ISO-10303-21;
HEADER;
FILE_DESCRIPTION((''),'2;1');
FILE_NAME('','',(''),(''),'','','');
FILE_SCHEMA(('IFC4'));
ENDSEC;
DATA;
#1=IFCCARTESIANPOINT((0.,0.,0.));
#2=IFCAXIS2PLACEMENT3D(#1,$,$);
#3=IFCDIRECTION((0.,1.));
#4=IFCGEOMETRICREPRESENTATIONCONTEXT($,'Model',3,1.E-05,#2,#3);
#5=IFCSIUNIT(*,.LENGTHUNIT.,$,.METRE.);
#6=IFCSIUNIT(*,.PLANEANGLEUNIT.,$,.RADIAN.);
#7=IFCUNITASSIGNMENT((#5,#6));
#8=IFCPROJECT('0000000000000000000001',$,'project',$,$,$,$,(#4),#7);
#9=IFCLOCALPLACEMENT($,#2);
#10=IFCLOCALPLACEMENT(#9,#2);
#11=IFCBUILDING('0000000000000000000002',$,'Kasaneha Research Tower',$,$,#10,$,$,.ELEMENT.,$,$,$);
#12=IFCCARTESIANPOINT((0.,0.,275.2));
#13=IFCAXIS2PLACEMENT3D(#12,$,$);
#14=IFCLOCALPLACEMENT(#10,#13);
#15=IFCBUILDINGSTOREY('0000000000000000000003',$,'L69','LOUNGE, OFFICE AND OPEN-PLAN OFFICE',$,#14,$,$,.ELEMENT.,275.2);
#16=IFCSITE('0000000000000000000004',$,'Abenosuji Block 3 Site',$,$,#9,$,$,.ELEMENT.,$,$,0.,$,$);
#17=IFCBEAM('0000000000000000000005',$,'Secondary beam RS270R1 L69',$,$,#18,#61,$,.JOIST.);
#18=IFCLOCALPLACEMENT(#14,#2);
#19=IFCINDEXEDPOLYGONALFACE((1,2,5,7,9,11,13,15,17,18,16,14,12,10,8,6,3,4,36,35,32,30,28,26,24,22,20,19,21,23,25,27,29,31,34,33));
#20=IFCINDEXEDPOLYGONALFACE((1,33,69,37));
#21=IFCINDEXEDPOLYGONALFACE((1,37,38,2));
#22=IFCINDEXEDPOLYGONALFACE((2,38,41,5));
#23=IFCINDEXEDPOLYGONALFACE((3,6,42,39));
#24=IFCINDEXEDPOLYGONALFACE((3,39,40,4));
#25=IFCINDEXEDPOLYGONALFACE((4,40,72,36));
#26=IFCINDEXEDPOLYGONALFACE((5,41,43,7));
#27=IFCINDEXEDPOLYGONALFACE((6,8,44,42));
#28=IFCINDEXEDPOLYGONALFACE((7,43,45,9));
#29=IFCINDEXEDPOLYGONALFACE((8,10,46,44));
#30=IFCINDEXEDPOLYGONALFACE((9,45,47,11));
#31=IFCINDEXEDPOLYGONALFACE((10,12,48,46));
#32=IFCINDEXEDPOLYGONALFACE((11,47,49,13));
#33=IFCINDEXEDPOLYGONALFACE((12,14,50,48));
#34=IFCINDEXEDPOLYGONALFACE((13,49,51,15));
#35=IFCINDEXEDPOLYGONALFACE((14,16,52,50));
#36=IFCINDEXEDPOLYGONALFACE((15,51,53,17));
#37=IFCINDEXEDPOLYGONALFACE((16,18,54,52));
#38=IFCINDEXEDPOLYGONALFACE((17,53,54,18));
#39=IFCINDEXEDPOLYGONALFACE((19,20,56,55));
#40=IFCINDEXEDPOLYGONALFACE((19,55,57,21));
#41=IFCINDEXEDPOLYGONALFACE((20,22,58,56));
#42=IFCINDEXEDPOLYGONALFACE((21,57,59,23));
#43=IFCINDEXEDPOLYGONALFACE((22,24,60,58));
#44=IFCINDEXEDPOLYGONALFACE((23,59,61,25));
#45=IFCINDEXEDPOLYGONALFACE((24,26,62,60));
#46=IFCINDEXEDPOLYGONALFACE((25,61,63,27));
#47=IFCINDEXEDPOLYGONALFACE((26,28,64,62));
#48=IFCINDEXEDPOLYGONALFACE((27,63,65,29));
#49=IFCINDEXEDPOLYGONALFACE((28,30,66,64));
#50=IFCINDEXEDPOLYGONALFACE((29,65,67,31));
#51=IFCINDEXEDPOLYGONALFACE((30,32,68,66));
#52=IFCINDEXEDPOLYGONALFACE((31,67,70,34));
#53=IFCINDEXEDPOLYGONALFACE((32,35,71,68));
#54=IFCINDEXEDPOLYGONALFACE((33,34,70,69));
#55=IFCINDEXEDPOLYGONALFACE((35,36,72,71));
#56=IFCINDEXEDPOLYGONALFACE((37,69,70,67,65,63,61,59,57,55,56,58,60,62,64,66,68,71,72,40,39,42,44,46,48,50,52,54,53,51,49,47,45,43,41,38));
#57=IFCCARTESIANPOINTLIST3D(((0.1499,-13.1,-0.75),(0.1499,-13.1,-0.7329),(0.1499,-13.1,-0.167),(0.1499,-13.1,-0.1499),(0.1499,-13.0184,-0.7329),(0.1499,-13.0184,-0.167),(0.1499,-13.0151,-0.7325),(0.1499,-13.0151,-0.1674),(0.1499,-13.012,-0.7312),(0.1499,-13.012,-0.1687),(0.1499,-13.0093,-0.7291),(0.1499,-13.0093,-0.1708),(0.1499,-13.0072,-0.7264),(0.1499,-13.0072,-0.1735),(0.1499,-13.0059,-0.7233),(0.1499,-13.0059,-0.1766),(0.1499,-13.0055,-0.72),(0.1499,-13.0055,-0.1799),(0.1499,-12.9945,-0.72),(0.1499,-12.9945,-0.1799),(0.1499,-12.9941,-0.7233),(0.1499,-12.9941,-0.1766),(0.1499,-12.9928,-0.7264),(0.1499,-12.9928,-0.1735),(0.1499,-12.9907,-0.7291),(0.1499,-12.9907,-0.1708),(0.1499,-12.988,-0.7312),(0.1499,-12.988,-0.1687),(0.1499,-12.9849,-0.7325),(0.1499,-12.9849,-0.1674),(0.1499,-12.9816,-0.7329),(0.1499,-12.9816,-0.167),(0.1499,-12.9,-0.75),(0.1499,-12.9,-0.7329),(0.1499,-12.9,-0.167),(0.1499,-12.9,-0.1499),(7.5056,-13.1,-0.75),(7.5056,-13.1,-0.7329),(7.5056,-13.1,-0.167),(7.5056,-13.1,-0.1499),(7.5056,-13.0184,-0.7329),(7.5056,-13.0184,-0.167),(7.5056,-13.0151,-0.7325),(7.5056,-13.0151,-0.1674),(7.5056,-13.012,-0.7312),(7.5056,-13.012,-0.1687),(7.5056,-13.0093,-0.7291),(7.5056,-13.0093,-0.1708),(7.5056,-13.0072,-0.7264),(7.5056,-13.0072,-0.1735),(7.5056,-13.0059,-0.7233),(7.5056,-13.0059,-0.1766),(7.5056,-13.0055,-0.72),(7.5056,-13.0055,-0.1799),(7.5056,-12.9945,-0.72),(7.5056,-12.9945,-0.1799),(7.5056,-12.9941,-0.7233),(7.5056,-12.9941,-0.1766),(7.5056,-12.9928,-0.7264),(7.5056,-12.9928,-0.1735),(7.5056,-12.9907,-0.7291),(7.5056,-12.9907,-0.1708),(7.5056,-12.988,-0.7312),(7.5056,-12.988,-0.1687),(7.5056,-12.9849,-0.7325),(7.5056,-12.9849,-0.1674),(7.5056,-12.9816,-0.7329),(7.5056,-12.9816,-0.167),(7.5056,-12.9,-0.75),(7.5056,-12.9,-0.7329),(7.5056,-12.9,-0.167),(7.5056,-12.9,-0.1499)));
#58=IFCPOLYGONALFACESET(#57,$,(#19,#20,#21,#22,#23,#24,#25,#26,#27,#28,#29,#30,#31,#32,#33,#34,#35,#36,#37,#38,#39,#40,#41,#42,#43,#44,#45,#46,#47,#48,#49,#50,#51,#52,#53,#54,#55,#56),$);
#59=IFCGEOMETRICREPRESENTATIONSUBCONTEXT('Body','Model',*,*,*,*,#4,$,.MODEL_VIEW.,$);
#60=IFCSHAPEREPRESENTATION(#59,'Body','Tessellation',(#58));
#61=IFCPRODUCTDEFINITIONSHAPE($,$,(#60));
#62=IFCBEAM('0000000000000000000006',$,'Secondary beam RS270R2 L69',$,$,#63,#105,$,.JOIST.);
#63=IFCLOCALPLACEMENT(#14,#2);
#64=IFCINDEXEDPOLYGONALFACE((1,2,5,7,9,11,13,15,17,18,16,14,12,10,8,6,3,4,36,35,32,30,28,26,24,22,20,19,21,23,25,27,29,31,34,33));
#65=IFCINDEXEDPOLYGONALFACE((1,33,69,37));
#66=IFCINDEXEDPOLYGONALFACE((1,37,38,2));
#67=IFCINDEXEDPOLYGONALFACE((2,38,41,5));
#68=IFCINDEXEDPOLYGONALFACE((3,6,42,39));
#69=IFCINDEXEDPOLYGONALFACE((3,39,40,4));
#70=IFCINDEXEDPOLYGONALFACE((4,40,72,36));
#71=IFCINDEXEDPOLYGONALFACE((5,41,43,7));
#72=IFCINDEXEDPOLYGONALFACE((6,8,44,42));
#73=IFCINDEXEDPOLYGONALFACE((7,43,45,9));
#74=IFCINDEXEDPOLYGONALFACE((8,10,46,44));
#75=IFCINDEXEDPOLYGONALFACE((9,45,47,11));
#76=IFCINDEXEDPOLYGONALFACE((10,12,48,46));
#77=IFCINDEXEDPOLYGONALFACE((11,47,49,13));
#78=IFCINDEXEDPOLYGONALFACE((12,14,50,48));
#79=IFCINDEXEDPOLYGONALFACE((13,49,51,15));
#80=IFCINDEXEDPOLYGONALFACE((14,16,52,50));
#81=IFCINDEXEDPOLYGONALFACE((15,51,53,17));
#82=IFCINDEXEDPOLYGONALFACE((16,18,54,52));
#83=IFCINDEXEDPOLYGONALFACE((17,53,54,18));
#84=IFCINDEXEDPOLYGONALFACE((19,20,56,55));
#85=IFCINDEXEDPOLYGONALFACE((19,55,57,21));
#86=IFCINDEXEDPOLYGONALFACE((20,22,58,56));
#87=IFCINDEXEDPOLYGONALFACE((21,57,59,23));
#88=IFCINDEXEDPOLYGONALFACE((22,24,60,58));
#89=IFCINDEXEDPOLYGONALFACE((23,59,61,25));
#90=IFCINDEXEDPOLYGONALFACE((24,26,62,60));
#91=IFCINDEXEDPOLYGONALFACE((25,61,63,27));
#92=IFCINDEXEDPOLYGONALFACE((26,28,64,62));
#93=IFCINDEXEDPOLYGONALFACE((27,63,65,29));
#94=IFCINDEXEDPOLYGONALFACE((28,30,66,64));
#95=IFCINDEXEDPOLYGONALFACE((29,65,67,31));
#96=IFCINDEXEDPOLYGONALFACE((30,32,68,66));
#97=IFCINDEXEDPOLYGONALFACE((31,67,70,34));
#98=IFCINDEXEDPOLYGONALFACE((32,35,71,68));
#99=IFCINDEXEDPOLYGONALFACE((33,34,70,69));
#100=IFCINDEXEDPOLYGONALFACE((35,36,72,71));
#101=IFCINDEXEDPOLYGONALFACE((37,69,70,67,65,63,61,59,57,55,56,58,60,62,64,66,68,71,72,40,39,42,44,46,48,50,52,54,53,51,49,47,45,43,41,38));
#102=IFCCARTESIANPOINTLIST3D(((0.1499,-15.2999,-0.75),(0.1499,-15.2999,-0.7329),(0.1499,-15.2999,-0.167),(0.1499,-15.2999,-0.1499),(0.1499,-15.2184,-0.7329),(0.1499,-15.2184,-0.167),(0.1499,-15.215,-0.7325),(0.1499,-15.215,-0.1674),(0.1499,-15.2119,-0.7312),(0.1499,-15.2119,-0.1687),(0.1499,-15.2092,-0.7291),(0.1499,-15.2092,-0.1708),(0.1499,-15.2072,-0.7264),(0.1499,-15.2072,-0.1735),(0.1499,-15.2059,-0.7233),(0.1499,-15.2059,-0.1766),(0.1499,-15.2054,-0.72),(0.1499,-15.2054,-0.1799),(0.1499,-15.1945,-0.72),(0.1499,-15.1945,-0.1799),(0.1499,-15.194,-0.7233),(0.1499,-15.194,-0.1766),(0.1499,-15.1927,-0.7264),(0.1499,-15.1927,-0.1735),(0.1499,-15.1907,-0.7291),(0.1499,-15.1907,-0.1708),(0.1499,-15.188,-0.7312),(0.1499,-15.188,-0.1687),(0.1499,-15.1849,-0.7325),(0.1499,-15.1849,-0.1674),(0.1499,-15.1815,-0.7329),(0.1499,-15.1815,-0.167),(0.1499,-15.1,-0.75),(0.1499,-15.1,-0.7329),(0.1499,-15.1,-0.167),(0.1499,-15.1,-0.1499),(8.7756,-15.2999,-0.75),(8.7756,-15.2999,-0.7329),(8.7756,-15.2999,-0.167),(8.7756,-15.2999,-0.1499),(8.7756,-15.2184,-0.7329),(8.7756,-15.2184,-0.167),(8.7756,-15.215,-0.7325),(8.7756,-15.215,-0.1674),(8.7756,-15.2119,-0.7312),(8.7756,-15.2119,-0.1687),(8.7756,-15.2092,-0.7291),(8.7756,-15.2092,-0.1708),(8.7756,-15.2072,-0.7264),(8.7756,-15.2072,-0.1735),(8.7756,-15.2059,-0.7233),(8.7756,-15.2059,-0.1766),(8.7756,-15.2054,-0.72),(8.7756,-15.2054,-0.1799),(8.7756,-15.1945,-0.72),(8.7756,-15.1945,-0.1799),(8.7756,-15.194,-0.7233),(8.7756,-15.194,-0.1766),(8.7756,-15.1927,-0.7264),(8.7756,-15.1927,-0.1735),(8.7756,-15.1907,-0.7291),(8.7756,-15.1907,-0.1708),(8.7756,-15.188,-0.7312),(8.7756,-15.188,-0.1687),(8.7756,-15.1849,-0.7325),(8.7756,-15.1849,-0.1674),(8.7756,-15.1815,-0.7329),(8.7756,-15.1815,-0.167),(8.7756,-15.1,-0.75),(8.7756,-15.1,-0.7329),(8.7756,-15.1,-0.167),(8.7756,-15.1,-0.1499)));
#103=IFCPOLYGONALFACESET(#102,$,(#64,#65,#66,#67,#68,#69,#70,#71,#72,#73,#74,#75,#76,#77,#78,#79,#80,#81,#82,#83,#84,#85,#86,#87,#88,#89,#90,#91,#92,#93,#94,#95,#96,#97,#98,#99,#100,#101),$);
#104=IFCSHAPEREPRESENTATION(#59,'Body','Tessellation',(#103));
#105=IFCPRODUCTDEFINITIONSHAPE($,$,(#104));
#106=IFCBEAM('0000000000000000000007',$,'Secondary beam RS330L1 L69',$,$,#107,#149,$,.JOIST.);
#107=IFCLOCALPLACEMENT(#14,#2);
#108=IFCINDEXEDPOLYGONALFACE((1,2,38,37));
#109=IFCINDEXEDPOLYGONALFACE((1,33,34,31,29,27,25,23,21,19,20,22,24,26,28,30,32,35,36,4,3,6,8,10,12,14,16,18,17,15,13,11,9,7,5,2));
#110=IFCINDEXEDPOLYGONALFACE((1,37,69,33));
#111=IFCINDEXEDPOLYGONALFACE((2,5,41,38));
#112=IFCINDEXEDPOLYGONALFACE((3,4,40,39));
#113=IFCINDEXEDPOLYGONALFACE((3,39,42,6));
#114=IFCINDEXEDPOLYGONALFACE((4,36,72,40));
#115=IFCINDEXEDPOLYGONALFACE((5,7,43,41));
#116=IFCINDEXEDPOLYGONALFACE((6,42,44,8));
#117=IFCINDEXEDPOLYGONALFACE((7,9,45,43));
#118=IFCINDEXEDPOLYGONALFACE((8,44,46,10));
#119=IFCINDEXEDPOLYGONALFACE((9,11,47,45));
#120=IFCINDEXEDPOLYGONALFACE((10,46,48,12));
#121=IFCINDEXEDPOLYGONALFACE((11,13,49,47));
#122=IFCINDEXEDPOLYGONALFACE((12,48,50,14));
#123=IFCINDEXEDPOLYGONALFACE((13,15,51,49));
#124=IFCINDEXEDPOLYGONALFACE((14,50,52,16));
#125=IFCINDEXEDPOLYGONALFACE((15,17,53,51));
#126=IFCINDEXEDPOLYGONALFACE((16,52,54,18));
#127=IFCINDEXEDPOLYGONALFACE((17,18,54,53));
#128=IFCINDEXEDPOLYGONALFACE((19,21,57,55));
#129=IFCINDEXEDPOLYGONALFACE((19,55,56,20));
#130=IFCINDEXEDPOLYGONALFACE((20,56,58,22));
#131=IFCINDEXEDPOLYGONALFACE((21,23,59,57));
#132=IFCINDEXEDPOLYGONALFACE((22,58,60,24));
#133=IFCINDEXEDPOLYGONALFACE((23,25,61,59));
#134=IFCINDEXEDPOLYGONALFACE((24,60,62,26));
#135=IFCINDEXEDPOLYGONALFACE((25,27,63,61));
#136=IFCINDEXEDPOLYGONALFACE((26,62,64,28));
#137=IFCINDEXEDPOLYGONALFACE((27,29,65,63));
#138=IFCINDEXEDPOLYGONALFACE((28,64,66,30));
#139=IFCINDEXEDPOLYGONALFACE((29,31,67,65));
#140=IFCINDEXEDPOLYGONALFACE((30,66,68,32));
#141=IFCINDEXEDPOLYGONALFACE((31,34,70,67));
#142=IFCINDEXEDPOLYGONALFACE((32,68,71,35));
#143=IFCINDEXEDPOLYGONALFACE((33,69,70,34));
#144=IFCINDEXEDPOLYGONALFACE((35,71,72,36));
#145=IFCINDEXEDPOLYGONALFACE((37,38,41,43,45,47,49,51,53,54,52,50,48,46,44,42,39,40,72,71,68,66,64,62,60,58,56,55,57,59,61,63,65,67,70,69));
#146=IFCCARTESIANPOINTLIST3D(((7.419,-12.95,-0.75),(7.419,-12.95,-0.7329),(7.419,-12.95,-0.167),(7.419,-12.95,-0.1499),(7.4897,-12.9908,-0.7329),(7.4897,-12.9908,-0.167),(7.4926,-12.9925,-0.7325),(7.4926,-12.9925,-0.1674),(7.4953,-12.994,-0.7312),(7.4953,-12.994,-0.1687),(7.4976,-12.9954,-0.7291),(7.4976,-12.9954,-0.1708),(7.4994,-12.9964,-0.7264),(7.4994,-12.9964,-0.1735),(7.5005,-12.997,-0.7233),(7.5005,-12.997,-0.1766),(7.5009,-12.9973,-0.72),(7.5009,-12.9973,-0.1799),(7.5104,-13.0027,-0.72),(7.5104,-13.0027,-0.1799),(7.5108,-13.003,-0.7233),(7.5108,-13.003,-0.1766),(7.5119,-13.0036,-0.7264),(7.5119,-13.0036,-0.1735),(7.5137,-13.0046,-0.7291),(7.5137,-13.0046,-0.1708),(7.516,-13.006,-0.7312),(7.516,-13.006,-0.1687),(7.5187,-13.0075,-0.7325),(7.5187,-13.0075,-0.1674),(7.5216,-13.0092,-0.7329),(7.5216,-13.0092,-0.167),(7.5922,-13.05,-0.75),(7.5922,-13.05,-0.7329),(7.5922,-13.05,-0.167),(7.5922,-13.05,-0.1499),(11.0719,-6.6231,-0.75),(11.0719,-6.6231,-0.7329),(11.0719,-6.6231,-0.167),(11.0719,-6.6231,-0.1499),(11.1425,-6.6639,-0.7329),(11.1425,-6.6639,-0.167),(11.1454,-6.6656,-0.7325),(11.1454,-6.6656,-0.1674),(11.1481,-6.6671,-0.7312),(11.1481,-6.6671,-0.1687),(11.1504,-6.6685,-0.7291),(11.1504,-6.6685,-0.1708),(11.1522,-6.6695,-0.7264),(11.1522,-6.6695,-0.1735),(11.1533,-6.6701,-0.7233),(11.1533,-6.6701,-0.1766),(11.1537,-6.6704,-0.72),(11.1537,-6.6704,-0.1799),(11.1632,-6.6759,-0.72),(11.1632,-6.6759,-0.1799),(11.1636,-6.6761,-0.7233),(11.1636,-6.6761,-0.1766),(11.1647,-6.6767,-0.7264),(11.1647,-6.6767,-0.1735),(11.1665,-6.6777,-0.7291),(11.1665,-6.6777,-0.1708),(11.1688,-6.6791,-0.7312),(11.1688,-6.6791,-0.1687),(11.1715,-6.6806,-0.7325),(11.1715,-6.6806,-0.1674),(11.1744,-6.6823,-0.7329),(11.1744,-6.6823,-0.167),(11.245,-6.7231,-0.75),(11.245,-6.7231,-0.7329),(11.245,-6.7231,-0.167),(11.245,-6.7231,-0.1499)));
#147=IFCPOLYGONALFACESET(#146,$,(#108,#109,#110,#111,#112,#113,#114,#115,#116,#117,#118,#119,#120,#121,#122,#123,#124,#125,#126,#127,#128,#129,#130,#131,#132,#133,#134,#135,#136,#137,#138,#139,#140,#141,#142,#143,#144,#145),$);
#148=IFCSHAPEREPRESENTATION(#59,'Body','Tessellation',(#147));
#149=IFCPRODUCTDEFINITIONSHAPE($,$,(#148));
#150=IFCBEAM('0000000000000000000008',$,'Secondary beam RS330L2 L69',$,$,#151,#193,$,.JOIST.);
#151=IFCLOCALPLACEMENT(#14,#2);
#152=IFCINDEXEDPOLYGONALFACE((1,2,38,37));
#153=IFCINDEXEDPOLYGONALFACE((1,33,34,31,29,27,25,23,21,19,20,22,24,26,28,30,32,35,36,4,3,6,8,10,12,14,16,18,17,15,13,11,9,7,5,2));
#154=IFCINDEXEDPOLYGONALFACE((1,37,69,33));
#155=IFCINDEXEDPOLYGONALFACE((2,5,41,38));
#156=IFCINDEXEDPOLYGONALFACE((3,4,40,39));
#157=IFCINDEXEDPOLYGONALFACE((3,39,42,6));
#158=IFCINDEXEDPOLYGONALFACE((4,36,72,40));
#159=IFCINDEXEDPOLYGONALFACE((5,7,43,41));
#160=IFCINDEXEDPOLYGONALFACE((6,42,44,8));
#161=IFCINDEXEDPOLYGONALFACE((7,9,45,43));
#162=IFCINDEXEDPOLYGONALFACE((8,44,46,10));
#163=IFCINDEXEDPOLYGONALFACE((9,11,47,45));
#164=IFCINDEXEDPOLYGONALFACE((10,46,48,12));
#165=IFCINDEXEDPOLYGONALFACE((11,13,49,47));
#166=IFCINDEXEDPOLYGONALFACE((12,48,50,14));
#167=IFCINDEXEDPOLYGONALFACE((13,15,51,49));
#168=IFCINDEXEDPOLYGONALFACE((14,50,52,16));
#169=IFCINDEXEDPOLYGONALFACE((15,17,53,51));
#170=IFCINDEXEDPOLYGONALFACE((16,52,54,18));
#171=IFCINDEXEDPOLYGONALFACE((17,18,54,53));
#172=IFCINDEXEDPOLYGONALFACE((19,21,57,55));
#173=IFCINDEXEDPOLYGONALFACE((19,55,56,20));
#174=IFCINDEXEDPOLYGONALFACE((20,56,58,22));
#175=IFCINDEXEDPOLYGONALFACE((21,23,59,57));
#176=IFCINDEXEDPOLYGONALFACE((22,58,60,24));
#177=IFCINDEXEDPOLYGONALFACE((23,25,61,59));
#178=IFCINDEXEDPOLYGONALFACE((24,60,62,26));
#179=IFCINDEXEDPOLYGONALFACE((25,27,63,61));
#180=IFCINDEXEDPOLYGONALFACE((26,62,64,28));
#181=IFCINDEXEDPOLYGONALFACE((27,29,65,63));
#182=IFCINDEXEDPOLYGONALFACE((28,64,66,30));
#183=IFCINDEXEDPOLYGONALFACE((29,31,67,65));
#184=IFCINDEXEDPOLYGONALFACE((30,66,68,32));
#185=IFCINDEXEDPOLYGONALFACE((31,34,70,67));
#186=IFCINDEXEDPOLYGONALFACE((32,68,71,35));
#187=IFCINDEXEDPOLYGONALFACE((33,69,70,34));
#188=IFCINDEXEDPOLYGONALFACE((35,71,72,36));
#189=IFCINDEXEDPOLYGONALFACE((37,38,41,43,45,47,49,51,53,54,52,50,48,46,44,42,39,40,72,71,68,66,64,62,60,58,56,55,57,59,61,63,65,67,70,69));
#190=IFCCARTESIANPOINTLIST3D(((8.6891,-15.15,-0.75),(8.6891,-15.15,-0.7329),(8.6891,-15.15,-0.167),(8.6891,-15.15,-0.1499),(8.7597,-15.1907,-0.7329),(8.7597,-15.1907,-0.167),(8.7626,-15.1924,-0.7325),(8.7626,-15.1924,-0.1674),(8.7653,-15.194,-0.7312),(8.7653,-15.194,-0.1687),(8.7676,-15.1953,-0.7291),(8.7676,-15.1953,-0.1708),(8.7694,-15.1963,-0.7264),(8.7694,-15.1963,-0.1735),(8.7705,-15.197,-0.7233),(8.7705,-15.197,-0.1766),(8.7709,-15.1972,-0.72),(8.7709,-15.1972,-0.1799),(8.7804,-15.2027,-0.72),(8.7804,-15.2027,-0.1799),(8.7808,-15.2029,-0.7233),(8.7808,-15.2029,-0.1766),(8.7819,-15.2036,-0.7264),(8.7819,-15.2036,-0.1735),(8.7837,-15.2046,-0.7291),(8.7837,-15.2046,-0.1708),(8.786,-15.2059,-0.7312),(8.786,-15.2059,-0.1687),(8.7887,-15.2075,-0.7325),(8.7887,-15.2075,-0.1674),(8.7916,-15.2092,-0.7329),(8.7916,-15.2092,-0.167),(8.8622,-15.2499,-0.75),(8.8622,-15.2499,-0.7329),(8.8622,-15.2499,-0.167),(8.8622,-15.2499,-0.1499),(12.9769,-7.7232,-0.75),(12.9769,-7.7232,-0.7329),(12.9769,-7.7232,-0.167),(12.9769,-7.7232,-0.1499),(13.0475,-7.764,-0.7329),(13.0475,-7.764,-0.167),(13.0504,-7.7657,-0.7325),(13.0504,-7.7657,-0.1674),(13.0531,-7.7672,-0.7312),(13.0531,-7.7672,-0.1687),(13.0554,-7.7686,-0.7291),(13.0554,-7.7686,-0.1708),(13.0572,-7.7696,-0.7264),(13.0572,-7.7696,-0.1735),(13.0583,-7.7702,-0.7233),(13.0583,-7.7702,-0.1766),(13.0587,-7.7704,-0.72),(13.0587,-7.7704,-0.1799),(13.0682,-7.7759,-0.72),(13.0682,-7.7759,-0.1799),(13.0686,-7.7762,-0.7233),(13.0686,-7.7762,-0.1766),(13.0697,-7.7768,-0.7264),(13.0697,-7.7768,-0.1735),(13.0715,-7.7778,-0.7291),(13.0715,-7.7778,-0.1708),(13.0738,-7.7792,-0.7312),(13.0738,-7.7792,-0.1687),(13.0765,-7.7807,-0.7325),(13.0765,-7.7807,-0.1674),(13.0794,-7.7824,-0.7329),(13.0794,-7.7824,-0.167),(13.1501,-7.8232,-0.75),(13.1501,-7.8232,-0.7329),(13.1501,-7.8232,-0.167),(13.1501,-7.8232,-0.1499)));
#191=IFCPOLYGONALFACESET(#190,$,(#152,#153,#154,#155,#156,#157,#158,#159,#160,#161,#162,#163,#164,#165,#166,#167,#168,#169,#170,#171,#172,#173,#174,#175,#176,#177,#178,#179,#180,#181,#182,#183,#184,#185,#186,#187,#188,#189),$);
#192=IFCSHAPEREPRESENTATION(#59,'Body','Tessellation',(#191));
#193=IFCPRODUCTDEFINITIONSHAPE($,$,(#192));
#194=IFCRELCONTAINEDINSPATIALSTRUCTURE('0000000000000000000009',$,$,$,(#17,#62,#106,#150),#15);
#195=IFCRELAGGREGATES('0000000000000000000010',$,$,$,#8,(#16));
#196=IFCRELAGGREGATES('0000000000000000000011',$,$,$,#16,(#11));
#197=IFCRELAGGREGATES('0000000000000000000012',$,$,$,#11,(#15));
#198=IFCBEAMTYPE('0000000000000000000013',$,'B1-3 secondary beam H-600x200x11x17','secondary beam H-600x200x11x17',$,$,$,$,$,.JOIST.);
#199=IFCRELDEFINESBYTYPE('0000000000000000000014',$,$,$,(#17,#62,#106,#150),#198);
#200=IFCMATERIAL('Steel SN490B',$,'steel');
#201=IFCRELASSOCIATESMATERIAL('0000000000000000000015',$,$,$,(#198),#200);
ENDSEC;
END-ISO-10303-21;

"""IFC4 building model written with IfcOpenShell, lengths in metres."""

from ifc_helpers import new_model, si_unit, direction, frame, origin, origin_2d, place, context, subcontext, project, spatial, i_section, extrude, material, material_profile, profile_set, type_object, element, save


model = new_model("IFC4")

# Units and contexts
model_context = context("Model", 3, precision=1e-05, world=origin(), true_north=direction((0.0, 1.0)))
body_context = subcontext(model_context, "Body", "Model", "MODEL_VIEW")
ifc_project = project(units=[si_unit("LENGTHUNIT", "METRE"), si_unit("PLANEANGLEUNIT", "RADIAN")], contexts=[model_context])

# Site, building, storey
site_placement = place(None, origin())
site = spatial("IfcSite", under=ifc_project, at=site_placement, Name="Abenosuji Block 3 Site", CompositionType="ELEMENT", RefElevation=0.0)
building_placement = place(site_placement, origin())
building = spatial("IfcBuilding", under=site, at=building_placement, Name="Kasaneha Research Tower", CompositionType="ELEMENT")
storey_placement = place(building_placement, frame((0.0, 0.0, 275.2)))
storey = spatial("IfcBuildingStorey", under=building, at=storey_placement, Name="L69", Description="LOUNGE, OFFICE AND OPEN-PLAN OFFICE", CompositionType="ELEMENT", Elevation=275.2)

# Beams
ifc_material_1 = material(Name="Steel SN490B", Category="steel")
ifc_material_profile_1 = material_profile(ifc_material_1, i_section(OverallWidth=0.2, OverallDepth=0.6001, WebThickness=0.011, FlangeThickness=0.0171, FilletRadius=0.0129, at=origin_2d()), Name="H-600x200x11x17")
ifc_profile_set_1 = profile_set([ifc_material_profile_1], Name="Steel SN490B")
beam_type_1 = type_object("IfcBeamType", Name="B1-3 secondary beam H-600x200x11x17", Description="secondary beam H-600x200x11x17", PredefinedType="JOIST", material=ifc_profile_set_1)
beam_1_placement = place(storey_placement, frame((7.5056, -13.0, -0.45), z_axis=(-1.0, 0.0, 0.0), x_axis=(0.0, -1.0, 0.0)))
element("IfcBeam", 1, at=beam_1_placement, inside=storey, type_object=beam_type_1, Name="Secondary beam RS270R1 L69", PredefinedType="JOIST", context=body_context, shape_type="SweptSolid", body=[
    extrude(i_section(OverallWidth=0.2, OverallDepth=0.6001, WebThickness=0.011, FlangeThickness=0.0171, FilletRadius=0.0129, at=origin_2d()), origin(), (0.0, 0.0, 1.0), 7.3557),
])
beam_2_placement = place(storey_placement, frame((8.7756, -15.2, -0.45), z_axis=(-1.0, 0.0, 0.0), x_axis=(0.0, -1.0, 0.0)))
element("IfcBeam", 2, at=beam_2_placement, inside=storey, type_object=beam_type_1, Name="Secondary beam RS270R2 L69", PredefinedType="JOIST", context=body_context, shape_type="SweptSolid", body=[
    extrude(i_section(OverallWidth=0.2, OverallDepth=0.6001, WebThickness=0.011, FlangeThickness=0.0171, FilletRadius=0.0129, at=origin_2d()), origin(), (0.0, 0.0, 1.0), 8.6257),
])
beam_3_placement = place(storey_placement, frame((7.5056, -13.0, -0.45), z_axis=(0.499999, 0.866026, 0.0), x_axis=(-0.866026, 0.499999, 0.0)))
element("IfcBeam", 3, at=beam_3_placement, inside=storey, type_object=beam_type_1, Name="Secondary beam RS330L1 L69", PredefinedType="JOIST", context=body_context, shape_type="SweptSolid", body=[
    extrude(i_section(OverallWidth=0.2, OverallDepth=0.6001, WebThickness=0.011, FlangeThickness=0.0171, FilletRadius=0.0129, at=origin_2d()), origin(), (0.0, 0.0, 1.0), 7.3057),
])
beam_4_placement = place(storey_placement, frame((8.7756, -15.2, -0.45), z_axis=(0.5, 0.866025, 0.0), x_axis=(-0.866025, 0.5, 0.0)))
element("IfcBeam", 4, at=beam_4_placement, inside=storey, type_object=beam_type_1, Name="Secondary beam RS330L2 L69", PredefinedType="JOIST", context=body_context, shape_type="SweptSolid", body=[
    extrude(i_section(OverallWidth=0.2, OverallDepth=0.6001, WebThickness=0.011, FlangeThickness=0.0171, FilletRadius=0.0129, at=origin_2d()), origin(), (0.0, 0.0, 1.0), 8.5757),
])

save(model, "model.ifc")
